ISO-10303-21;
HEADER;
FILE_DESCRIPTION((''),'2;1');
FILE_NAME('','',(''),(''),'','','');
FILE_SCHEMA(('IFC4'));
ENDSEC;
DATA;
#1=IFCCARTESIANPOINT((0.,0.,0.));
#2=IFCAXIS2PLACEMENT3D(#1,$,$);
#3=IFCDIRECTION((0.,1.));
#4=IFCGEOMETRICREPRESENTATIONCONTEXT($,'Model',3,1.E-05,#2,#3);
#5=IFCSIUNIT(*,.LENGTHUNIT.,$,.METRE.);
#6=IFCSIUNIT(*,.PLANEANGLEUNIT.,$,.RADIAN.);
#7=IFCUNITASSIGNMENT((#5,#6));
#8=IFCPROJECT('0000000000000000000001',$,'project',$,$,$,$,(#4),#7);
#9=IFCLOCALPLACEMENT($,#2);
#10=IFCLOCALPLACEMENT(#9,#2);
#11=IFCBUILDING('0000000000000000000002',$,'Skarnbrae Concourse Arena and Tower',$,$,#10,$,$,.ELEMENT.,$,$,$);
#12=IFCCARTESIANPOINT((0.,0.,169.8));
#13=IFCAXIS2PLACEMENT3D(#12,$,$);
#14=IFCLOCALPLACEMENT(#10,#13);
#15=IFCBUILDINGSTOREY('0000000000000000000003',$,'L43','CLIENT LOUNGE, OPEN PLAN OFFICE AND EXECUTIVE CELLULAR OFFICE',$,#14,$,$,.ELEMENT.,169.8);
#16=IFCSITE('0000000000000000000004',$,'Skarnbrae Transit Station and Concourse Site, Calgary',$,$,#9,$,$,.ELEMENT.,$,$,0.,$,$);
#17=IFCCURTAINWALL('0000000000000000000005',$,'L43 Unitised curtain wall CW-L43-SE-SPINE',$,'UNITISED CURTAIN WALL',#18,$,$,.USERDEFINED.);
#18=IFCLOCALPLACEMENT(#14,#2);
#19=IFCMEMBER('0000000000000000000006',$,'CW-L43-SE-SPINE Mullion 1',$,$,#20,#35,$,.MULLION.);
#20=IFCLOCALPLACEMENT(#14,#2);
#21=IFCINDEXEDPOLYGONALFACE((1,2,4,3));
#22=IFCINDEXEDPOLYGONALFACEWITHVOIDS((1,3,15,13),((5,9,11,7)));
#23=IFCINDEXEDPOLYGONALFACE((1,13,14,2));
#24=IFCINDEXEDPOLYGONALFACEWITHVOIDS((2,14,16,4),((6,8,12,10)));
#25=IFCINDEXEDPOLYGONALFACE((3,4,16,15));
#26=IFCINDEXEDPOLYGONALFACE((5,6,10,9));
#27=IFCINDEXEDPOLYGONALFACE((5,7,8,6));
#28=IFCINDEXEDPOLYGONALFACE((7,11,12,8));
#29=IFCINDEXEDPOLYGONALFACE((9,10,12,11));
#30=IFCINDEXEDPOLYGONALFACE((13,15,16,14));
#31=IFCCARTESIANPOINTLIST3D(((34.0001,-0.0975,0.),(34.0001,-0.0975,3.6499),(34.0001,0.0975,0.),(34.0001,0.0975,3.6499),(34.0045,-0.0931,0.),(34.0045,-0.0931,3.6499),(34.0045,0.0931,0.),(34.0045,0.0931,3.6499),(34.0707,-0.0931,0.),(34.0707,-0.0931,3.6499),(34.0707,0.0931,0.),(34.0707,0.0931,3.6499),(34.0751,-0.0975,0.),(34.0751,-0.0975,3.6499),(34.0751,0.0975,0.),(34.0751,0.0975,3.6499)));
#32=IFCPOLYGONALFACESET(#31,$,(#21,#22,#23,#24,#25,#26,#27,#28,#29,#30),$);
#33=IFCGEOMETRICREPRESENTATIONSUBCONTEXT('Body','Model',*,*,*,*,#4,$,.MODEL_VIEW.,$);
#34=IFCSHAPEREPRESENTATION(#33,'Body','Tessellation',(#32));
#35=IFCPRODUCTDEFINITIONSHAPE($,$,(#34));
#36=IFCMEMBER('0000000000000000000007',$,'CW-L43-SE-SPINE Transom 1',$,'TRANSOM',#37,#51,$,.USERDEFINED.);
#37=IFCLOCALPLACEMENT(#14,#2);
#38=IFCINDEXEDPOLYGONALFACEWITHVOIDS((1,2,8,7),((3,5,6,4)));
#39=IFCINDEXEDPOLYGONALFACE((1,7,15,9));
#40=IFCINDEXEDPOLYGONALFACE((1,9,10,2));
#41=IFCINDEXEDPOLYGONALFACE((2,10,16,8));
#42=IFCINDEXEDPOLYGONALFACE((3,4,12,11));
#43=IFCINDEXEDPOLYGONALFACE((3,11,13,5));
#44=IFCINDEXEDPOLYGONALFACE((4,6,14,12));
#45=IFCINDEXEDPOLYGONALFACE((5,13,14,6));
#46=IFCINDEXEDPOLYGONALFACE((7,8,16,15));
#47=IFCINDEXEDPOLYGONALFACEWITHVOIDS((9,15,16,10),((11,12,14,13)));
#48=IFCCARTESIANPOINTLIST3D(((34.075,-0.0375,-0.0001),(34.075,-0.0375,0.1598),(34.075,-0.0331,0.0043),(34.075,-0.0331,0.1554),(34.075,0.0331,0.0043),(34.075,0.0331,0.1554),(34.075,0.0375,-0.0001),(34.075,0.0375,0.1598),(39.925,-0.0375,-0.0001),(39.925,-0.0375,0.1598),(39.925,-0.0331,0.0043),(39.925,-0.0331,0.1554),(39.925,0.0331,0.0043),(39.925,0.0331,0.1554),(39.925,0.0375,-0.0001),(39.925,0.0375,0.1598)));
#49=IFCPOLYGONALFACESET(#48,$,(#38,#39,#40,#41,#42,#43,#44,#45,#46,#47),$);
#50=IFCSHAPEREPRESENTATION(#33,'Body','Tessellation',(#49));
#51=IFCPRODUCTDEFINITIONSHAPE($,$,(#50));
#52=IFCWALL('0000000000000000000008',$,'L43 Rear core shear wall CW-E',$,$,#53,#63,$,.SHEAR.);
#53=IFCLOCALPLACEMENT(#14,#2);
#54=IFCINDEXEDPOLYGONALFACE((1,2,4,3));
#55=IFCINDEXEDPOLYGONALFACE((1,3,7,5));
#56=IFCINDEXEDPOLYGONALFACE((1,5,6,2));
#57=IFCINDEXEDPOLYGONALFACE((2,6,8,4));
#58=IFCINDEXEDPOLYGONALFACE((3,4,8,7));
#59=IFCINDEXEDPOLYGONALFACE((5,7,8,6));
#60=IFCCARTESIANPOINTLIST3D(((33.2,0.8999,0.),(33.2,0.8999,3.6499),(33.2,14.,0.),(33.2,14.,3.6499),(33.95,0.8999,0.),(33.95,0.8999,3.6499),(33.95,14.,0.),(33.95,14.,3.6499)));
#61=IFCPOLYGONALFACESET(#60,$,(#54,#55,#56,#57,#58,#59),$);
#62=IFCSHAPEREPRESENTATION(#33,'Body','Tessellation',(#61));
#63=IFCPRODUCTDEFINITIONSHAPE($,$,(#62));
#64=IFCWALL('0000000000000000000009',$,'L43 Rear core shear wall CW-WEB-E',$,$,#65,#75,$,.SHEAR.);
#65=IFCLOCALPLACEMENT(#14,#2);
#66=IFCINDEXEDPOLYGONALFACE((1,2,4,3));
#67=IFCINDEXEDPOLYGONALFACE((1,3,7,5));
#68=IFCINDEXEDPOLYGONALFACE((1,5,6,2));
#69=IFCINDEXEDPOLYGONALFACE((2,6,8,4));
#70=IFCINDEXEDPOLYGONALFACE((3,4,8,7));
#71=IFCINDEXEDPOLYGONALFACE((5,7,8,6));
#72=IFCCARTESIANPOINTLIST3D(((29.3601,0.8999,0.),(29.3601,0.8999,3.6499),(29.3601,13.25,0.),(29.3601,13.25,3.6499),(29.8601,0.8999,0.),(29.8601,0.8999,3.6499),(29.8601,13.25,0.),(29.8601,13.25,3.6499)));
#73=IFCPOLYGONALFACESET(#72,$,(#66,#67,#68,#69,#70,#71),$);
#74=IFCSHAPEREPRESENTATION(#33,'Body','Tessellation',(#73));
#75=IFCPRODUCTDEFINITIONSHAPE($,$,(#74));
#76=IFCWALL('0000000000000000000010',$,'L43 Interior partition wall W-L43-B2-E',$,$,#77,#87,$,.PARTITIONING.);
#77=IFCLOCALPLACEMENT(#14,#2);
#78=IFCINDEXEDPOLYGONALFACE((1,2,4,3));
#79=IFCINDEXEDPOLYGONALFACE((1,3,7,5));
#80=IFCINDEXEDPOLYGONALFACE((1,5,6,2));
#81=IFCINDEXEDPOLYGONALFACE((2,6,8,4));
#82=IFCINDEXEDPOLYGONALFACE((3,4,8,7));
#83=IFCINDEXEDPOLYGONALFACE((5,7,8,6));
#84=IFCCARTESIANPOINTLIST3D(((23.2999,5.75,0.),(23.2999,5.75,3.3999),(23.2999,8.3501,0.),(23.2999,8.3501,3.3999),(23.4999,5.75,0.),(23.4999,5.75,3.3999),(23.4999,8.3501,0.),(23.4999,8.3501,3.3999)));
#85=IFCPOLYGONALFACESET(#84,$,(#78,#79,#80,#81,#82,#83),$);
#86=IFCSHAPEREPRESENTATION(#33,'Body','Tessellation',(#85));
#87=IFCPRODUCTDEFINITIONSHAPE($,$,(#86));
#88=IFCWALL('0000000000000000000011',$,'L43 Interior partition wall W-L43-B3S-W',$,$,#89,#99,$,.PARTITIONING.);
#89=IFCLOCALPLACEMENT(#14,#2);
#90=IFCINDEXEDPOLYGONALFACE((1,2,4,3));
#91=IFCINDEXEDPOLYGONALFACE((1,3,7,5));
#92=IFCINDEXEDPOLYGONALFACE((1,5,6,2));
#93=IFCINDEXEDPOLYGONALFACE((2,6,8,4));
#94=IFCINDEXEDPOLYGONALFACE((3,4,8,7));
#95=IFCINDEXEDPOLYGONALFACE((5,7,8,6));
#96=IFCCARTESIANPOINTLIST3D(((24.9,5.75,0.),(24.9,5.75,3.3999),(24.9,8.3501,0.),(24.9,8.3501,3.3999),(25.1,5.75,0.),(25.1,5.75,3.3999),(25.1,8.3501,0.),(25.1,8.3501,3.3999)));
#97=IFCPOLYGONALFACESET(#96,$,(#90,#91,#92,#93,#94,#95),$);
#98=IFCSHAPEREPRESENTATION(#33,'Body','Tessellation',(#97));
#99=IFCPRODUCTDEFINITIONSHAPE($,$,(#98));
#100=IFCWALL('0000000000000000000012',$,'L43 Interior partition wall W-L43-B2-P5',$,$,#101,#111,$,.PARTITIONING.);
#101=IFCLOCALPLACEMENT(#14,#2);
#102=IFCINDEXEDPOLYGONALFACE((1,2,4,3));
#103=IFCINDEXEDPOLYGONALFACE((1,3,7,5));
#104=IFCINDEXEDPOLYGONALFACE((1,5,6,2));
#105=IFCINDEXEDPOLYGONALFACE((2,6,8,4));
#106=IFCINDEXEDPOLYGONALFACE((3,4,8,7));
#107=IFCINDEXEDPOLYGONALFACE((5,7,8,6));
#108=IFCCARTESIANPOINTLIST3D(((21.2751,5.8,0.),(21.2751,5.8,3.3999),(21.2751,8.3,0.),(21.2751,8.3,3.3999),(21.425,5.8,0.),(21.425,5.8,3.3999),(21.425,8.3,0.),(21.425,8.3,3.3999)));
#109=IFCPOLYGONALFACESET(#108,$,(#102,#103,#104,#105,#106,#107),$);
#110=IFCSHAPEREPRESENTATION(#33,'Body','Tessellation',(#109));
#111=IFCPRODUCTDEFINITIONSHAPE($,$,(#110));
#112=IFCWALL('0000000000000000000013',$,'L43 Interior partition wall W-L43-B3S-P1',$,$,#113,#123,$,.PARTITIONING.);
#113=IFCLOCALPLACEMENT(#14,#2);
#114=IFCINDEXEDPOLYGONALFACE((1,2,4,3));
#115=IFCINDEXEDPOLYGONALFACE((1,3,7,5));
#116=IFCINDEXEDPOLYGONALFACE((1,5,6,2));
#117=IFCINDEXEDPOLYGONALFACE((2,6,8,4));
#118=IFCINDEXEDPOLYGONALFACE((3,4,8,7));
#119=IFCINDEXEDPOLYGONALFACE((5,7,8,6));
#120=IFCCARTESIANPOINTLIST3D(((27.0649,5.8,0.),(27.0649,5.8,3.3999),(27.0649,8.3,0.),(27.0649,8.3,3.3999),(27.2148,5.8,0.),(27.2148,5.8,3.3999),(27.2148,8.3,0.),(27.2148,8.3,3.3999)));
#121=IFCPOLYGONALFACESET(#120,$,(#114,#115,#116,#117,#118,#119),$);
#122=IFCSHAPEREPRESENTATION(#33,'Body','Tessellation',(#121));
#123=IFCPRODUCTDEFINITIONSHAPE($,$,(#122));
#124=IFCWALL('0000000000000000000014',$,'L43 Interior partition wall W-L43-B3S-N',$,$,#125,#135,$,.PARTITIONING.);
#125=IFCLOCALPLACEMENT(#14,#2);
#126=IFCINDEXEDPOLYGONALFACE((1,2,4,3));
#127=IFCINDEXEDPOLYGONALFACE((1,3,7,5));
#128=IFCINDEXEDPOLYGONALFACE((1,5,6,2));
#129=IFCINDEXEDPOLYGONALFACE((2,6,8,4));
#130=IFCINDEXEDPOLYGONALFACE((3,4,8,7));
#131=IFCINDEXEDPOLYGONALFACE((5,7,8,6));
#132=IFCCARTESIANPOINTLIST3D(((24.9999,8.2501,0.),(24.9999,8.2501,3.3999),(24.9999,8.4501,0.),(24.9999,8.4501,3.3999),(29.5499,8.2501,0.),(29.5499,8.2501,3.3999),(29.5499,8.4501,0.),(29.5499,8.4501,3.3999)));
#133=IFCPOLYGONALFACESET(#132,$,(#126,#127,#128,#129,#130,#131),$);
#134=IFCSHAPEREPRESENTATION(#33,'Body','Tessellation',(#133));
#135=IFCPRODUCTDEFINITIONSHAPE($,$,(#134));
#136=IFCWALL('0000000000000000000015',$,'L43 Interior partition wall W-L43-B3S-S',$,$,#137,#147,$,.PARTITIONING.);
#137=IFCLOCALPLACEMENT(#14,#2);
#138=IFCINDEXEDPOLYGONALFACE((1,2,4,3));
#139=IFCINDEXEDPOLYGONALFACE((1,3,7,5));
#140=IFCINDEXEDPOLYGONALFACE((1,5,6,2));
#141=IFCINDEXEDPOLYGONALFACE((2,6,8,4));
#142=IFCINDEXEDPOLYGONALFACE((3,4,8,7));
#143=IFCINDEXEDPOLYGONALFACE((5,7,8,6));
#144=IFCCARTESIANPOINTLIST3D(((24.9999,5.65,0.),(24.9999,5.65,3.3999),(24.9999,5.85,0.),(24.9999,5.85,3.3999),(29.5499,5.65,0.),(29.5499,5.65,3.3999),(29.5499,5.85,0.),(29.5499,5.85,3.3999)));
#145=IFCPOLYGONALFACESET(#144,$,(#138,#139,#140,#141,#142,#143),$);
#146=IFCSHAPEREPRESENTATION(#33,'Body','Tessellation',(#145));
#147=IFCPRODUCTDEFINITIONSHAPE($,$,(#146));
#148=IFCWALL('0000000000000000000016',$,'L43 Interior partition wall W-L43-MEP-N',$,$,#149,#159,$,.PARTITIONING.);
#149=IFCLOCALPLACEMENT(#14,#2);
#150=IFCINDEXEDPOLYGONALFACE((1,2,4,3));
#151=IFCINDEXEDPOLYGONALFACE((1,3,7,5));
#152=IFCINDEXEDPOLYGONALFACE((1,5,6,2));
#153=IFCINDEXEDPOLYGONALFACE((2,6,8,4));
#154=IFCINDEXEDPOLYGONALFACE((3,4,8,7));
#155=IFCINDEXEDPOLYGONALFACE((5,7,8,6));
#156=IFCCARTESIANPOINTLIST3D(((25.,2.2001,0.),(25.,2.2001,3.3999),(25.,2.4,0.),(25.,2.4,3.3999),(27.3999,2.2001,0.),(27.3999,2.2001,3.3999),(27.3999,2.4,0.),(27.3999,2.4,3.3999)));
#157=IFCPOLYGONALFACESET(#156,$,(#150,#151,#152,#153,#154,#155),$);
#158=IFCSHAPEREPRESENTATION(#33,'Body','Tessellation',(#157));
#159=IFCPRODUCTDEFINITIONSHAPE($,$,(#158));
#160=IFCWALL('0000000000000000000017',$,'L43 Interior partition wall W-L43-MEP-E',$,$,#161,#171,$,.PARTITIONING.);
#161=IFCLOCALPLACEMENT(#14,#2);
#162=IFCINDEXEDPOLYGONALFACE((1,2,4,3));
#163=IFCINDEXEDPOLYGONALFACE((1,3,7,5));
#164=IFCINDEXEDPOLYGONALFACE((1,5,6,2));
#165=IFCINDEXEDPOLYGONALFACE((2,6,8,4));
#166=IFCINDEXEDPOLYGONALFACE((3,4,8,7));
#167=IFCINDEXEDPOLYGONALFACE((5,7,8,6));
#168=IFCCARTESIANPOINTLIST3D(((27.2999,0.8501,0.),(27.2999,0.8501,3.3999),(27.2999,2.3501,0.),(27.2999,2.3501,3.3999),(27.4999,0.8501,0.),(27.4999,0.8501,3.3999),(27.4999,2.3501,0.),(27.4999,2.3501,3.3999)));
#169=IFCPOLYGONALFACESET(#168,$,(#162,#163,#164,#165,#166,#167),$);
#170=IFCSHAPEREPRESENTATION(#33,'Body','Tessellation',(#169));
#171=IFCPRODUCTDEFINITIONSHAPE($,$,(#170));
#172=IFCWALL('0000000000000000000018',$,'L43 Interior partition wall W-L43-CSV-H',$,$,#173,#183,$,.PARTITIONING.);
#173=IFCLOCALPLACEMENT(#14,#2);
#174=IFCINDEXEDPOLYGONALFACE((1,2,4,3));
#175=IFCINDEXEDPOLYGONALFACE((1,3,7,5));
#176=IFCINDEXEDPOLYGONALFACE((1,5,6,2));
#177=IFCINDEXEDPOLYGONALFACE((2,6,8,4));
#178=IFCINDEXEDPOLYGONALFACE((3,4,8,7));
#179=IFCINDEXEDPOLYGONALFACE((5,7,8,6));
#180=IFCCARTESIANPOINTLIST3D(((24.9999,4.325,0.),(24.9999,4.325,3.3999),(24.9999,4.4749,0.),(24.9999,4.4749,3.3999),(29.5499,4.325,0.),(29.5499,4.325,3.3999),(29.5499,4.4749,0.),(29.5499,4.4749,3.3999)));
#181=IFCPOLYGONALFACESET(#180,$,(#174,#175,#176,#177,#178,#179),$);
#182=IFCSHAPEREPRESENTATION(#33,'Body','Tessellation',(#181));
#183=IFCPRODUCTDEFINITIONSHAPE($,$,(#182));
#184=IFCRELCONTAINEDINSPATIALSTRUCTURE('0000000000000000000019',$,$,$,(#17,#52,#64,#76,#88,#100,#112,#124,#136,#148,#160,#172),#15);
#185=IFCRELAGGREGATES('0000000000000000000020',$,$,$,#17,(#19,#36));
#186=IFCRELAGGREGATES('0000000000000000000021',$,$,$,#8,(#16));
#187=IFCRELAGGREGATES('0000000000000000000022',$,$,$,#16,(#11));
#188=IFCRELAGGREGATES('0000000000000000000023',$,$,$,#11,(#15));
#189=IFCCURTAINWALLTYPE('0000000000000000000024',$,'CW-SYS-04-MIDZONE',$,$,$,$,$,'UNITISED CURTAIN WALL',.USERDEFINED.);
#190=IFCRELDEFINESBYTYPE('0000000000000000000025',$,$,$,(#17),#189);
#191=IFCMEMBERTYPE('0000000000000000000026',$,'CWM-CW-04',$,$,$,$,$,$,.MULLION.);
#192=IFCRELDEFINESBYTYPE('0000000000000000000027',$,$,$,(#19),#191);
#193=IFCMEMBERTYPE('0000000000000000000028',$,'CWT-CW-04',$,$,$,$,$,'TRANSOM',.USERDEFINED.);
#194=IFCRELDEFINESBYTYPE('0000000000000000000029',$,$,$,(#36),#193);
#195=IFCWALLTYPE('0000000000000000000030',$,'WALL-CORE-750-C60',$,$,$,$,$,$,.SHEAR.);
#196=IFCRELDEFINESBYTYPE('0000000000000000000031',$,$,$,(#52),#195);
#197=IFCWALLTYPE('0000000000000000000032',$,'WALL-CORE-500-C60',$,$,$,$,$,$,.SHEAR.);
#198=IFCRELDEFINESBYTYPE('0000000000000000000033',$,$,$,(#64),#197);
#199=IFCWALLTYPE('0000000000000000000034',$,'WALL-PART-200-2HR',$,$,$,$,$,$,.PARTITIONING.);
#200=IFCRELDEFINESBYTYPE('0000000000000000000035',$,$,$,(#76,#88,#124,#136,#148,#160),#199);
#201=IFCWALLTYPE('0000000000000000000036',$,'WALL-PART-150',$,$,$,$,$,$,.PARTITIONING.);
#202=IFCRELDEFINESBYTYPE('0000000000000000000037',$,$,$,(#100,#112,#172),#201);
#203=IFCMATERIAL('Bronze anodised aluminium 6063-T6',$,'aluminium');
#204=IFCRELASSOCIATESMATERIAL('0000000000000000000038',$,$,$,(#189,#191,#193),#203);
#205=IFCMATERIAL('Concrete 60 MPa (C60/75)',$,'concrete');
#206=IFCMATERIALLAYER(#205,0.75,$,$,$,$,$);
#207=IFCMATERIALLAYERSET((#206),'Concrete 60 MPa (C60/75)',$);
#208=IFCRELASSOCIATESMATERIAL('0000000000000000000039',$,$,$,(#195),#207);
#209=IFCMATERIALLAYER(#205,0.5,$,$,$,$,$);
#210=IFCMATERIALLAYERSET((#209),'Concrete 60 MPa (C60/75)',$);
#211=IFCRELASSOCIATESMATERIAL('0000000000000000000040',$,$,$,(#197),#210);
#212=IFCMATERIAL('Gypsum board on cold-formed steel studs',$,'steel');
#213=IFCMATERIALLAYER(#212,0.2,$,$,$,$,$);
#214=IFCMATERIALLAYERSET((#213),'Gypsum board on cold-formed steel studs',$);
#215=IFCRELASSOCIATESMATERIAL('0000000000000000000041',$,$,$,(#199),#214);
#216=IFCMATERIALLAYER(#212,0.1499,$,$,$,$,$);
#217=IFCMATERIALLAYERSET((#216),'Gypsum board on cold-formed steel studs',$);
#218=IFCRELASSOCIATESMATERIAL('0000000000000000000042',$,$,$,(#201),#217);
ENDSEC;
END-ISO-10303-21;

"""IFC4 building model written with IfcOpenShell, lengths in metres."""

from ifc_helpers import new_model, si_unit, direction, frame, frame_2d, origin, origin_2d, place, context, subcontext, project, spatial, rectangle, hollow_rectangle, extrude, source, transform, mapped, material, layer, layer_set, material_profile, profile_set, type_object, element, aggregate, save


model = new_model("IFC4")

# Units and contexts
model_context = context("Model", 3, precision=1e-05, world=origin(), true_north=direction((0.0, 1.0)))
body_context = subcontext(model_context, "Body", "Model", "MODEL_VIEW")
ifc_project = project(units=[si_unit("LENGTHUNIT", "METRE"), si_unit("PLANEANGLEUNIT", "RADIAN")], contexts=[model_context])

# Site, building, storey
site_placement = place(None, origin())
site = spatial("IfcSite", under=ifc_project, at=site_placement, Name="Skarnbrae Transit Station and Concourse Site, Calgary", CompositionType="ELEMENT", RefElevation=0.0)
building_placement = place(site_placement, origin())
building = spatial("IfcBuilding", under=site, at=building_placement, Name="Skarnbrae Concourse Arena and Tower", CompositionType="ELEMENT")
storey_placement = place(building_placement, frame((0.0, 0.0, 169.8)))
storey = spatial("IfcBuildingStorey", under=building, at=storey_placement, Name="L43", Description="CLIENT LOUNGE, OPEN PLAN OFFICE AND EXECUTIVE CELLULAR OFFICE", CompositionType="ELEMENT", Elevation=169.8)

# Curtain wall, members
ifc_material_1 = material(Name="Bronze anodised aluminium 6063-T6", Category="aluminium")
curtain_wall_type = type_object("IfcCurtainWallType", Name="CW-SYS-04-MIDZONE", ElementType="UNITISED CURTAIN WALL", PredefinedType="USERDEFINED", material=ifc_material_1)
curtain_wall_placement = place(storey_placement, origin())
curtain_wall = element("IfcCurtainWall", 1, at=curtain_wall_placement, inside=storey, type_object=curtain_wall_type, Name="L43 Unitised curtain wall CW-L43-SE-SPINE", ObjectType="UNITISED CURTAIN WALL", PredefinedType="USERDEFINED")
ifc_material_profile_1 = material_profile(ifc_material_1, hollow_rectangle(XDim=0.075, YDim=0.1951, WallThickness=0.0044, at=origin_2d()), Name="ALU-MULL-75X195")
ifc_profile_set_1 = profile_set([ifc_material_profile_1], Name="Bronze anodised aluminium 6063-T6")
member_type_1 = type_object("IfcMemberType", Name="CWM-CW-04", PredefinedType="MULLION", material=ifc_profile_set_1)
shared_shape_1 = source(origin(), body_context, "Body", "SweptSolid", [
    extrude(hollow_rectangle(XDim=0.075, YDim=0.1951, WallThickness=0.0044, at=origin_2d()), origin(), (0.0, 0.0, 1.0), 3.6499),
])
member_1_placement = place(storey_placement, frame((34.0376, 0.0, 0.0), z_axis=(0.0, 0.0, 1.0), x_axis=(1.0, 0.0, 0.0)))
member_1 = element("IfcMember", 2, at=member_1_placement, type_object=member_type_1, Name="CW-L43-SE-SPINE Mullion 1", PredefinedType="MULLION", context=body_context, shape_type="MappedRepresentation", body=[
    mapped(shared_shape_1, transform((0.0, 0.0, 0.0))),
])
ifc_material_profile_2 = material_profile(ifc_material_1, hollow_rectangle(XDim=0.075, YDim=0.1599, WallThickness=0.0044, at=origin_2d()), Name="ALU-TRAN-75X160")
ifc_profile_set_2 = profile_set([ifc_material_profile_2], Name="Bronze anodised aluminium 6063-T6")
member_type_2 = type_object("IfcMemberType", Name="CWT-CW-04", ElementType="TRANSOM", PredefinedType="USERDEFINED", material=ifc_profile_set_2)
shared_shape_2 = source(origin(), body_context, "Body", "SweptSolid", [
    extrude(hollow_rectangle(XDim=0.075, YDim=0.1599, WallThickness=0.0044, at=origin_2d()), origin(), (0.0, 0.0, 1.0), 5.8501),
])
member_2_placement = place(storey_placement, frame((34.075, 0.0, 0.0798), z_axis=(1.0, 0.0, 0.0), x_axis=(0.0, 1.0, 0.0)))
member_2 = element("IfcMember", 3, at=member_2_placement, type_object=member_type_2, Name="CW-L43-SE-SPINE Transom 1", ObjectType="TRANSOM", PredefinedType="USERDEFINED", context=body_context, shape_type="MappedRepresentation", body=[
    mapped(shared_shape_2, transform((0.0, 0.0, 0.0))),
])
aggregate(curtain_wall, [member_1, member_2])

# Walls
ifc_material_2 = material(Name="Concrete 60 MPa (C60/75)", Category="concrete")
ifc_layer_1 = layer(ifc_material_2, 0.75)
ifc_layer_set_1 = layer_set([ifc_layer_1], Name="Concrete 60 MPa (C60/75)")
wall_type_1 = type_object("IfcWallType", Name="WALL-CORE-750-C60", PredefinedType="SHEAR", material=ifc_layer_set_1)
shared_shape_3 = source(origin(), body_context, "Body", "SweptSolid", [
    extrude(rectangle(XDim=13.1001, YDim=0.75, at=frame_2d((6.55, 0.0))), origin(), (0.0, 0.0, 1.0), 3.6499),
])
wall_1_placement = place(storey_placement, frame((33.575, 0.8999, 0.0), z_axis=(0.0, 0.0, 1.0), x_axis=(0.0, 1.0, 0.0)))
element("IfcWall", 4, at=wall_1_placement, inside=storey, type_object=wall_type_1, Name="L43 Rear core shear wall CW-E", PredefinedType="SHEAR", context=body_context, shape_type="MappedRepresentation", body=[
    mapped(shared_shape_3, transform((0.0, 0.0, 0.0))),
])
ifc_layer_2 = layer(ifc_material_2, 0.5)
ifc_layer_set_2 = layer_set([ifc_layer_2], Name="Concrete 60 MPa (C60/75)")
wall_type_2 = type_object("IfcWallType", Name="WALL-CORE-500-C60", PredefinedType="SHEAR", material=ifc_layer_set_2)
shared_shape_4 = source(origin(), body_context, "Body", "SweptSolid", [
    extrude(rectangle(XDim=12.3501, YDim=0.5, at=frame_2d((6.175, 0.0))), origin(), (0.0, 0.0, 1.0), 3.6499),
])
wall_2_placement = place(storey_placement, frame((29.6101, 0.8999, 0.0), z_axis=(0.0, 0.0, 1.0), x_axis=(0.0, 1.0, 0.0)))
element("IfcWall", 5, at=wall_2_placement, inside=storey, type_object=wall_type_2, Name="L43 Rear core shear wall CW-WEB-E", PredefinedType="SHEAR", context=body_context, shape_type="MappedRepresentation", body=[
    mapped(shared_shape_4, transform((0.0, 0.0, 0.0))),
])
ifc_material_3 = material(Name="Gypsum board on cold-formed steel studs", Category="steel")
ifc_layer_3 = layer(ifc_material_3, 0.2)
ifc_layer_set_3 = layer_set([ifc_layer_3], Name="Gypsum board on cold-formed steel studs")
wall_type_3 = type_object("IfcWallType", Name="WALL-PART-200-2HR", PredefinedType="PARTITIONING", material=ifc_layer_set_3)
shared_shape_5 = source(origin(), body_context, "Body", "SweptSolid", [
    extrude(rectangle(XDim=2.6001, YDim=0.2, at=frame_2d((1.3, 0.0))), origin(), (0.0, 0.0, 1.0), 3.3999),
])
for number, where, z_axis, x_axis, name in (
    (6, (23.3999, 5.75, 0.0), (0.0, 0.0, 1.0), (0.0, 1.0, 0.0), "L43 Interior partition wall W-L43-B2-E"),
    (7, (25.0, 5.75, 0.0), (0.0, 0.0, 1.0), (0.0, 1.0, 0.0), "L43 Interior partition wall W-L43-B3S-W"),
):
    element("IfcWall", number, at=place(storey_placement, frame(where, z_axis=z_axis, x_axis=x_axis)), inside=storey, type_object=wall_type_3, Name=name, PredefinedType="PARTITIONING", context=body_context, shape_type="MappedRepresentation", body=[
        mapped(shared_shape_5, transform((0.0, 0.0, 0.0))),
    ])
ifc_layer_4 = layer(ifc_material_3, 0.1499)
ifc_layer_set_4 = layer_set([ifc_layer_4], Name="Gypsum board on cold-formed steel studs")
wall_type_4 = type_object("IfcWallType", Name="WALL-PART-150", PredefinedType="PARTITIONING", material=ifc_layer_set_4)
shared_shape_6 = source(origin(), body_context, "Body", "SweptSolid", [
    extrude(rectangle(XDim=2.5, YDim=0.1499, at=frame_2d((1.25, 0.0))), origin(), (0.0, 0.0, 1.0), 3.3999),
])
for number, where, z_axis, x_axis, name in (
    (8, (21.3501, 5.8, 0.0), (0.0, 0.0, 1.0), (0.0, 1.0, 0.0), "L43 Interior partition wall W-L43-B2-P5"),
    (9, (27.1399, 5.8, 0.0), (0.0, 0.0, 1.0), (0.0, 1.0, 0.0), "L43 Interior partition wall W-L43-B3S-P1"),
):
    element("IfcWall", number, at=place(storey_placement, frame(where, z_axis=z_axis, x_axis=x_axis)), inside=storey, type_object=wall_type_4, Name=name, PredefinedType="PARTITIONING", context=body_context, shape_type="MappedRepresentation", body=[
        mapped(shared_shape_6, transform((0.0, 0.0, 0.0))),
    ])
shared_shape_7 = source(origin(), body_context, "Body", "SweptSolid", [
    extrude(rectangle(XDim=4.55, YDim=0.2, at=frame_2d((2.2749, 0.0))), origin(), (0.0, 0.0, 1.0), 3.3999),
])
for number, where, z_axis, x_axis, name in (
    (10, (25.0, 8.3501, 0.0), (0.0, 0.0, 1.0), (1.0, 0.0, 0.0), "L43 Interior partition wall W-L43-B3S-N"),
    (11, (25.0, 5.75, 0.0), (0.0, 0.0, 1.0), (1.0, 0.0, 0.0), "L43 Interior partition wall W-L43-B3S-S"),
):
    element("IfcWall", number, at=place(storey_placement, frame(where, z_axis=z_axis, x_axis=x_axis)), inside=storey, type_object=wall_type_3, Name=name, PredefinedType="PARTITIONING", context=body_context, shape_type="MappedRepresentation", body=[
        mapped(shared_shape_7, transform((0.0, 0.0, 0.0))),
    ])

# Walls
shared_shape_8 = source(origin(), body_context, "Body", "SweptSolid", [
    extrude(rectangle(XDim=2.3999, YDim=0.2, at=frame_2d((1.2, 0.0))), origin(), (0.0, 0.0, 1.0), 3.3999),
])
wall_3_placement = place(storey_placement, frame((25.0, 2.3, 0.0), z_axis=(0.0, 0.0, 1.0), x_axis=(1.0, 0.0, 0.0)))
element("IfcWall", 12, at=wall_3_placement, inside=storey, type_object=wall_type_3, Name="L43 Interior partition wall W-L43-MEP-N", PredefinedType="PARTITIONING", context=body_context, shape_type="MappedRepresentation", body=[
    mapped(shared_shape_8, transform((0.0, 0.0, 0.0))),
])
shared_shape_9 = source(origin(), body_context, "Body", "SweptSolid", [
    extrude(rectangle(XDim=1.5, YDim=0.2, at=frame_2d((0.75, 0.0))), origin(), (0.0, 0.0, 1.0), 3.3999),
])
wall_4_placement = place(storey_placement, frame((27.3999, 0.8501, 0.0), z_axis=(0.0, 0.0, 1.0), x_axis=(0.0, 1.0, 0.0)))
element("IfcWall", 13, at=wall_4_placement, inside=storey, type_object=wall_type_3, Name="L43 Interior partition wall W-L43-MEP-E", PredefinedType="PARTITIONING", context=body_context, shape_type="MappedRepresentation", body=[
    mapped(shared_shape_9, transform((0.0, 0.0, 0.0))),
])
shared_shape_10 = source(origin(), body_context, "Body", "SweptSolid", [
    extrude(rectangle(XDim=4.55, YDim=0.1499, at=frame_2d((2.2749, 0.0))), origin(), (0.0, 0.0, 1.0), 3.3999),
])
wall_5_placement = place(storey_placement, frame((25.0, 4.3999, 0.0), z_axis=(0.0, 0.0, 1.0), x_axis=(1.0, 0.0, 0.0)))
element("IfcWall", 14, at=wall_5_placement, inside=storey, type_object=wall_type_4, Name="L43 Interior partition wall W-L43-CSV-H", PredefinedType="PARTITIONING", context=body_context, shape_type="MappedRepresentation", body=[
    mapped(shared_shape_10, transform((0.0, 0.0, 0.0))),
])

save(model, "model.ifc")
